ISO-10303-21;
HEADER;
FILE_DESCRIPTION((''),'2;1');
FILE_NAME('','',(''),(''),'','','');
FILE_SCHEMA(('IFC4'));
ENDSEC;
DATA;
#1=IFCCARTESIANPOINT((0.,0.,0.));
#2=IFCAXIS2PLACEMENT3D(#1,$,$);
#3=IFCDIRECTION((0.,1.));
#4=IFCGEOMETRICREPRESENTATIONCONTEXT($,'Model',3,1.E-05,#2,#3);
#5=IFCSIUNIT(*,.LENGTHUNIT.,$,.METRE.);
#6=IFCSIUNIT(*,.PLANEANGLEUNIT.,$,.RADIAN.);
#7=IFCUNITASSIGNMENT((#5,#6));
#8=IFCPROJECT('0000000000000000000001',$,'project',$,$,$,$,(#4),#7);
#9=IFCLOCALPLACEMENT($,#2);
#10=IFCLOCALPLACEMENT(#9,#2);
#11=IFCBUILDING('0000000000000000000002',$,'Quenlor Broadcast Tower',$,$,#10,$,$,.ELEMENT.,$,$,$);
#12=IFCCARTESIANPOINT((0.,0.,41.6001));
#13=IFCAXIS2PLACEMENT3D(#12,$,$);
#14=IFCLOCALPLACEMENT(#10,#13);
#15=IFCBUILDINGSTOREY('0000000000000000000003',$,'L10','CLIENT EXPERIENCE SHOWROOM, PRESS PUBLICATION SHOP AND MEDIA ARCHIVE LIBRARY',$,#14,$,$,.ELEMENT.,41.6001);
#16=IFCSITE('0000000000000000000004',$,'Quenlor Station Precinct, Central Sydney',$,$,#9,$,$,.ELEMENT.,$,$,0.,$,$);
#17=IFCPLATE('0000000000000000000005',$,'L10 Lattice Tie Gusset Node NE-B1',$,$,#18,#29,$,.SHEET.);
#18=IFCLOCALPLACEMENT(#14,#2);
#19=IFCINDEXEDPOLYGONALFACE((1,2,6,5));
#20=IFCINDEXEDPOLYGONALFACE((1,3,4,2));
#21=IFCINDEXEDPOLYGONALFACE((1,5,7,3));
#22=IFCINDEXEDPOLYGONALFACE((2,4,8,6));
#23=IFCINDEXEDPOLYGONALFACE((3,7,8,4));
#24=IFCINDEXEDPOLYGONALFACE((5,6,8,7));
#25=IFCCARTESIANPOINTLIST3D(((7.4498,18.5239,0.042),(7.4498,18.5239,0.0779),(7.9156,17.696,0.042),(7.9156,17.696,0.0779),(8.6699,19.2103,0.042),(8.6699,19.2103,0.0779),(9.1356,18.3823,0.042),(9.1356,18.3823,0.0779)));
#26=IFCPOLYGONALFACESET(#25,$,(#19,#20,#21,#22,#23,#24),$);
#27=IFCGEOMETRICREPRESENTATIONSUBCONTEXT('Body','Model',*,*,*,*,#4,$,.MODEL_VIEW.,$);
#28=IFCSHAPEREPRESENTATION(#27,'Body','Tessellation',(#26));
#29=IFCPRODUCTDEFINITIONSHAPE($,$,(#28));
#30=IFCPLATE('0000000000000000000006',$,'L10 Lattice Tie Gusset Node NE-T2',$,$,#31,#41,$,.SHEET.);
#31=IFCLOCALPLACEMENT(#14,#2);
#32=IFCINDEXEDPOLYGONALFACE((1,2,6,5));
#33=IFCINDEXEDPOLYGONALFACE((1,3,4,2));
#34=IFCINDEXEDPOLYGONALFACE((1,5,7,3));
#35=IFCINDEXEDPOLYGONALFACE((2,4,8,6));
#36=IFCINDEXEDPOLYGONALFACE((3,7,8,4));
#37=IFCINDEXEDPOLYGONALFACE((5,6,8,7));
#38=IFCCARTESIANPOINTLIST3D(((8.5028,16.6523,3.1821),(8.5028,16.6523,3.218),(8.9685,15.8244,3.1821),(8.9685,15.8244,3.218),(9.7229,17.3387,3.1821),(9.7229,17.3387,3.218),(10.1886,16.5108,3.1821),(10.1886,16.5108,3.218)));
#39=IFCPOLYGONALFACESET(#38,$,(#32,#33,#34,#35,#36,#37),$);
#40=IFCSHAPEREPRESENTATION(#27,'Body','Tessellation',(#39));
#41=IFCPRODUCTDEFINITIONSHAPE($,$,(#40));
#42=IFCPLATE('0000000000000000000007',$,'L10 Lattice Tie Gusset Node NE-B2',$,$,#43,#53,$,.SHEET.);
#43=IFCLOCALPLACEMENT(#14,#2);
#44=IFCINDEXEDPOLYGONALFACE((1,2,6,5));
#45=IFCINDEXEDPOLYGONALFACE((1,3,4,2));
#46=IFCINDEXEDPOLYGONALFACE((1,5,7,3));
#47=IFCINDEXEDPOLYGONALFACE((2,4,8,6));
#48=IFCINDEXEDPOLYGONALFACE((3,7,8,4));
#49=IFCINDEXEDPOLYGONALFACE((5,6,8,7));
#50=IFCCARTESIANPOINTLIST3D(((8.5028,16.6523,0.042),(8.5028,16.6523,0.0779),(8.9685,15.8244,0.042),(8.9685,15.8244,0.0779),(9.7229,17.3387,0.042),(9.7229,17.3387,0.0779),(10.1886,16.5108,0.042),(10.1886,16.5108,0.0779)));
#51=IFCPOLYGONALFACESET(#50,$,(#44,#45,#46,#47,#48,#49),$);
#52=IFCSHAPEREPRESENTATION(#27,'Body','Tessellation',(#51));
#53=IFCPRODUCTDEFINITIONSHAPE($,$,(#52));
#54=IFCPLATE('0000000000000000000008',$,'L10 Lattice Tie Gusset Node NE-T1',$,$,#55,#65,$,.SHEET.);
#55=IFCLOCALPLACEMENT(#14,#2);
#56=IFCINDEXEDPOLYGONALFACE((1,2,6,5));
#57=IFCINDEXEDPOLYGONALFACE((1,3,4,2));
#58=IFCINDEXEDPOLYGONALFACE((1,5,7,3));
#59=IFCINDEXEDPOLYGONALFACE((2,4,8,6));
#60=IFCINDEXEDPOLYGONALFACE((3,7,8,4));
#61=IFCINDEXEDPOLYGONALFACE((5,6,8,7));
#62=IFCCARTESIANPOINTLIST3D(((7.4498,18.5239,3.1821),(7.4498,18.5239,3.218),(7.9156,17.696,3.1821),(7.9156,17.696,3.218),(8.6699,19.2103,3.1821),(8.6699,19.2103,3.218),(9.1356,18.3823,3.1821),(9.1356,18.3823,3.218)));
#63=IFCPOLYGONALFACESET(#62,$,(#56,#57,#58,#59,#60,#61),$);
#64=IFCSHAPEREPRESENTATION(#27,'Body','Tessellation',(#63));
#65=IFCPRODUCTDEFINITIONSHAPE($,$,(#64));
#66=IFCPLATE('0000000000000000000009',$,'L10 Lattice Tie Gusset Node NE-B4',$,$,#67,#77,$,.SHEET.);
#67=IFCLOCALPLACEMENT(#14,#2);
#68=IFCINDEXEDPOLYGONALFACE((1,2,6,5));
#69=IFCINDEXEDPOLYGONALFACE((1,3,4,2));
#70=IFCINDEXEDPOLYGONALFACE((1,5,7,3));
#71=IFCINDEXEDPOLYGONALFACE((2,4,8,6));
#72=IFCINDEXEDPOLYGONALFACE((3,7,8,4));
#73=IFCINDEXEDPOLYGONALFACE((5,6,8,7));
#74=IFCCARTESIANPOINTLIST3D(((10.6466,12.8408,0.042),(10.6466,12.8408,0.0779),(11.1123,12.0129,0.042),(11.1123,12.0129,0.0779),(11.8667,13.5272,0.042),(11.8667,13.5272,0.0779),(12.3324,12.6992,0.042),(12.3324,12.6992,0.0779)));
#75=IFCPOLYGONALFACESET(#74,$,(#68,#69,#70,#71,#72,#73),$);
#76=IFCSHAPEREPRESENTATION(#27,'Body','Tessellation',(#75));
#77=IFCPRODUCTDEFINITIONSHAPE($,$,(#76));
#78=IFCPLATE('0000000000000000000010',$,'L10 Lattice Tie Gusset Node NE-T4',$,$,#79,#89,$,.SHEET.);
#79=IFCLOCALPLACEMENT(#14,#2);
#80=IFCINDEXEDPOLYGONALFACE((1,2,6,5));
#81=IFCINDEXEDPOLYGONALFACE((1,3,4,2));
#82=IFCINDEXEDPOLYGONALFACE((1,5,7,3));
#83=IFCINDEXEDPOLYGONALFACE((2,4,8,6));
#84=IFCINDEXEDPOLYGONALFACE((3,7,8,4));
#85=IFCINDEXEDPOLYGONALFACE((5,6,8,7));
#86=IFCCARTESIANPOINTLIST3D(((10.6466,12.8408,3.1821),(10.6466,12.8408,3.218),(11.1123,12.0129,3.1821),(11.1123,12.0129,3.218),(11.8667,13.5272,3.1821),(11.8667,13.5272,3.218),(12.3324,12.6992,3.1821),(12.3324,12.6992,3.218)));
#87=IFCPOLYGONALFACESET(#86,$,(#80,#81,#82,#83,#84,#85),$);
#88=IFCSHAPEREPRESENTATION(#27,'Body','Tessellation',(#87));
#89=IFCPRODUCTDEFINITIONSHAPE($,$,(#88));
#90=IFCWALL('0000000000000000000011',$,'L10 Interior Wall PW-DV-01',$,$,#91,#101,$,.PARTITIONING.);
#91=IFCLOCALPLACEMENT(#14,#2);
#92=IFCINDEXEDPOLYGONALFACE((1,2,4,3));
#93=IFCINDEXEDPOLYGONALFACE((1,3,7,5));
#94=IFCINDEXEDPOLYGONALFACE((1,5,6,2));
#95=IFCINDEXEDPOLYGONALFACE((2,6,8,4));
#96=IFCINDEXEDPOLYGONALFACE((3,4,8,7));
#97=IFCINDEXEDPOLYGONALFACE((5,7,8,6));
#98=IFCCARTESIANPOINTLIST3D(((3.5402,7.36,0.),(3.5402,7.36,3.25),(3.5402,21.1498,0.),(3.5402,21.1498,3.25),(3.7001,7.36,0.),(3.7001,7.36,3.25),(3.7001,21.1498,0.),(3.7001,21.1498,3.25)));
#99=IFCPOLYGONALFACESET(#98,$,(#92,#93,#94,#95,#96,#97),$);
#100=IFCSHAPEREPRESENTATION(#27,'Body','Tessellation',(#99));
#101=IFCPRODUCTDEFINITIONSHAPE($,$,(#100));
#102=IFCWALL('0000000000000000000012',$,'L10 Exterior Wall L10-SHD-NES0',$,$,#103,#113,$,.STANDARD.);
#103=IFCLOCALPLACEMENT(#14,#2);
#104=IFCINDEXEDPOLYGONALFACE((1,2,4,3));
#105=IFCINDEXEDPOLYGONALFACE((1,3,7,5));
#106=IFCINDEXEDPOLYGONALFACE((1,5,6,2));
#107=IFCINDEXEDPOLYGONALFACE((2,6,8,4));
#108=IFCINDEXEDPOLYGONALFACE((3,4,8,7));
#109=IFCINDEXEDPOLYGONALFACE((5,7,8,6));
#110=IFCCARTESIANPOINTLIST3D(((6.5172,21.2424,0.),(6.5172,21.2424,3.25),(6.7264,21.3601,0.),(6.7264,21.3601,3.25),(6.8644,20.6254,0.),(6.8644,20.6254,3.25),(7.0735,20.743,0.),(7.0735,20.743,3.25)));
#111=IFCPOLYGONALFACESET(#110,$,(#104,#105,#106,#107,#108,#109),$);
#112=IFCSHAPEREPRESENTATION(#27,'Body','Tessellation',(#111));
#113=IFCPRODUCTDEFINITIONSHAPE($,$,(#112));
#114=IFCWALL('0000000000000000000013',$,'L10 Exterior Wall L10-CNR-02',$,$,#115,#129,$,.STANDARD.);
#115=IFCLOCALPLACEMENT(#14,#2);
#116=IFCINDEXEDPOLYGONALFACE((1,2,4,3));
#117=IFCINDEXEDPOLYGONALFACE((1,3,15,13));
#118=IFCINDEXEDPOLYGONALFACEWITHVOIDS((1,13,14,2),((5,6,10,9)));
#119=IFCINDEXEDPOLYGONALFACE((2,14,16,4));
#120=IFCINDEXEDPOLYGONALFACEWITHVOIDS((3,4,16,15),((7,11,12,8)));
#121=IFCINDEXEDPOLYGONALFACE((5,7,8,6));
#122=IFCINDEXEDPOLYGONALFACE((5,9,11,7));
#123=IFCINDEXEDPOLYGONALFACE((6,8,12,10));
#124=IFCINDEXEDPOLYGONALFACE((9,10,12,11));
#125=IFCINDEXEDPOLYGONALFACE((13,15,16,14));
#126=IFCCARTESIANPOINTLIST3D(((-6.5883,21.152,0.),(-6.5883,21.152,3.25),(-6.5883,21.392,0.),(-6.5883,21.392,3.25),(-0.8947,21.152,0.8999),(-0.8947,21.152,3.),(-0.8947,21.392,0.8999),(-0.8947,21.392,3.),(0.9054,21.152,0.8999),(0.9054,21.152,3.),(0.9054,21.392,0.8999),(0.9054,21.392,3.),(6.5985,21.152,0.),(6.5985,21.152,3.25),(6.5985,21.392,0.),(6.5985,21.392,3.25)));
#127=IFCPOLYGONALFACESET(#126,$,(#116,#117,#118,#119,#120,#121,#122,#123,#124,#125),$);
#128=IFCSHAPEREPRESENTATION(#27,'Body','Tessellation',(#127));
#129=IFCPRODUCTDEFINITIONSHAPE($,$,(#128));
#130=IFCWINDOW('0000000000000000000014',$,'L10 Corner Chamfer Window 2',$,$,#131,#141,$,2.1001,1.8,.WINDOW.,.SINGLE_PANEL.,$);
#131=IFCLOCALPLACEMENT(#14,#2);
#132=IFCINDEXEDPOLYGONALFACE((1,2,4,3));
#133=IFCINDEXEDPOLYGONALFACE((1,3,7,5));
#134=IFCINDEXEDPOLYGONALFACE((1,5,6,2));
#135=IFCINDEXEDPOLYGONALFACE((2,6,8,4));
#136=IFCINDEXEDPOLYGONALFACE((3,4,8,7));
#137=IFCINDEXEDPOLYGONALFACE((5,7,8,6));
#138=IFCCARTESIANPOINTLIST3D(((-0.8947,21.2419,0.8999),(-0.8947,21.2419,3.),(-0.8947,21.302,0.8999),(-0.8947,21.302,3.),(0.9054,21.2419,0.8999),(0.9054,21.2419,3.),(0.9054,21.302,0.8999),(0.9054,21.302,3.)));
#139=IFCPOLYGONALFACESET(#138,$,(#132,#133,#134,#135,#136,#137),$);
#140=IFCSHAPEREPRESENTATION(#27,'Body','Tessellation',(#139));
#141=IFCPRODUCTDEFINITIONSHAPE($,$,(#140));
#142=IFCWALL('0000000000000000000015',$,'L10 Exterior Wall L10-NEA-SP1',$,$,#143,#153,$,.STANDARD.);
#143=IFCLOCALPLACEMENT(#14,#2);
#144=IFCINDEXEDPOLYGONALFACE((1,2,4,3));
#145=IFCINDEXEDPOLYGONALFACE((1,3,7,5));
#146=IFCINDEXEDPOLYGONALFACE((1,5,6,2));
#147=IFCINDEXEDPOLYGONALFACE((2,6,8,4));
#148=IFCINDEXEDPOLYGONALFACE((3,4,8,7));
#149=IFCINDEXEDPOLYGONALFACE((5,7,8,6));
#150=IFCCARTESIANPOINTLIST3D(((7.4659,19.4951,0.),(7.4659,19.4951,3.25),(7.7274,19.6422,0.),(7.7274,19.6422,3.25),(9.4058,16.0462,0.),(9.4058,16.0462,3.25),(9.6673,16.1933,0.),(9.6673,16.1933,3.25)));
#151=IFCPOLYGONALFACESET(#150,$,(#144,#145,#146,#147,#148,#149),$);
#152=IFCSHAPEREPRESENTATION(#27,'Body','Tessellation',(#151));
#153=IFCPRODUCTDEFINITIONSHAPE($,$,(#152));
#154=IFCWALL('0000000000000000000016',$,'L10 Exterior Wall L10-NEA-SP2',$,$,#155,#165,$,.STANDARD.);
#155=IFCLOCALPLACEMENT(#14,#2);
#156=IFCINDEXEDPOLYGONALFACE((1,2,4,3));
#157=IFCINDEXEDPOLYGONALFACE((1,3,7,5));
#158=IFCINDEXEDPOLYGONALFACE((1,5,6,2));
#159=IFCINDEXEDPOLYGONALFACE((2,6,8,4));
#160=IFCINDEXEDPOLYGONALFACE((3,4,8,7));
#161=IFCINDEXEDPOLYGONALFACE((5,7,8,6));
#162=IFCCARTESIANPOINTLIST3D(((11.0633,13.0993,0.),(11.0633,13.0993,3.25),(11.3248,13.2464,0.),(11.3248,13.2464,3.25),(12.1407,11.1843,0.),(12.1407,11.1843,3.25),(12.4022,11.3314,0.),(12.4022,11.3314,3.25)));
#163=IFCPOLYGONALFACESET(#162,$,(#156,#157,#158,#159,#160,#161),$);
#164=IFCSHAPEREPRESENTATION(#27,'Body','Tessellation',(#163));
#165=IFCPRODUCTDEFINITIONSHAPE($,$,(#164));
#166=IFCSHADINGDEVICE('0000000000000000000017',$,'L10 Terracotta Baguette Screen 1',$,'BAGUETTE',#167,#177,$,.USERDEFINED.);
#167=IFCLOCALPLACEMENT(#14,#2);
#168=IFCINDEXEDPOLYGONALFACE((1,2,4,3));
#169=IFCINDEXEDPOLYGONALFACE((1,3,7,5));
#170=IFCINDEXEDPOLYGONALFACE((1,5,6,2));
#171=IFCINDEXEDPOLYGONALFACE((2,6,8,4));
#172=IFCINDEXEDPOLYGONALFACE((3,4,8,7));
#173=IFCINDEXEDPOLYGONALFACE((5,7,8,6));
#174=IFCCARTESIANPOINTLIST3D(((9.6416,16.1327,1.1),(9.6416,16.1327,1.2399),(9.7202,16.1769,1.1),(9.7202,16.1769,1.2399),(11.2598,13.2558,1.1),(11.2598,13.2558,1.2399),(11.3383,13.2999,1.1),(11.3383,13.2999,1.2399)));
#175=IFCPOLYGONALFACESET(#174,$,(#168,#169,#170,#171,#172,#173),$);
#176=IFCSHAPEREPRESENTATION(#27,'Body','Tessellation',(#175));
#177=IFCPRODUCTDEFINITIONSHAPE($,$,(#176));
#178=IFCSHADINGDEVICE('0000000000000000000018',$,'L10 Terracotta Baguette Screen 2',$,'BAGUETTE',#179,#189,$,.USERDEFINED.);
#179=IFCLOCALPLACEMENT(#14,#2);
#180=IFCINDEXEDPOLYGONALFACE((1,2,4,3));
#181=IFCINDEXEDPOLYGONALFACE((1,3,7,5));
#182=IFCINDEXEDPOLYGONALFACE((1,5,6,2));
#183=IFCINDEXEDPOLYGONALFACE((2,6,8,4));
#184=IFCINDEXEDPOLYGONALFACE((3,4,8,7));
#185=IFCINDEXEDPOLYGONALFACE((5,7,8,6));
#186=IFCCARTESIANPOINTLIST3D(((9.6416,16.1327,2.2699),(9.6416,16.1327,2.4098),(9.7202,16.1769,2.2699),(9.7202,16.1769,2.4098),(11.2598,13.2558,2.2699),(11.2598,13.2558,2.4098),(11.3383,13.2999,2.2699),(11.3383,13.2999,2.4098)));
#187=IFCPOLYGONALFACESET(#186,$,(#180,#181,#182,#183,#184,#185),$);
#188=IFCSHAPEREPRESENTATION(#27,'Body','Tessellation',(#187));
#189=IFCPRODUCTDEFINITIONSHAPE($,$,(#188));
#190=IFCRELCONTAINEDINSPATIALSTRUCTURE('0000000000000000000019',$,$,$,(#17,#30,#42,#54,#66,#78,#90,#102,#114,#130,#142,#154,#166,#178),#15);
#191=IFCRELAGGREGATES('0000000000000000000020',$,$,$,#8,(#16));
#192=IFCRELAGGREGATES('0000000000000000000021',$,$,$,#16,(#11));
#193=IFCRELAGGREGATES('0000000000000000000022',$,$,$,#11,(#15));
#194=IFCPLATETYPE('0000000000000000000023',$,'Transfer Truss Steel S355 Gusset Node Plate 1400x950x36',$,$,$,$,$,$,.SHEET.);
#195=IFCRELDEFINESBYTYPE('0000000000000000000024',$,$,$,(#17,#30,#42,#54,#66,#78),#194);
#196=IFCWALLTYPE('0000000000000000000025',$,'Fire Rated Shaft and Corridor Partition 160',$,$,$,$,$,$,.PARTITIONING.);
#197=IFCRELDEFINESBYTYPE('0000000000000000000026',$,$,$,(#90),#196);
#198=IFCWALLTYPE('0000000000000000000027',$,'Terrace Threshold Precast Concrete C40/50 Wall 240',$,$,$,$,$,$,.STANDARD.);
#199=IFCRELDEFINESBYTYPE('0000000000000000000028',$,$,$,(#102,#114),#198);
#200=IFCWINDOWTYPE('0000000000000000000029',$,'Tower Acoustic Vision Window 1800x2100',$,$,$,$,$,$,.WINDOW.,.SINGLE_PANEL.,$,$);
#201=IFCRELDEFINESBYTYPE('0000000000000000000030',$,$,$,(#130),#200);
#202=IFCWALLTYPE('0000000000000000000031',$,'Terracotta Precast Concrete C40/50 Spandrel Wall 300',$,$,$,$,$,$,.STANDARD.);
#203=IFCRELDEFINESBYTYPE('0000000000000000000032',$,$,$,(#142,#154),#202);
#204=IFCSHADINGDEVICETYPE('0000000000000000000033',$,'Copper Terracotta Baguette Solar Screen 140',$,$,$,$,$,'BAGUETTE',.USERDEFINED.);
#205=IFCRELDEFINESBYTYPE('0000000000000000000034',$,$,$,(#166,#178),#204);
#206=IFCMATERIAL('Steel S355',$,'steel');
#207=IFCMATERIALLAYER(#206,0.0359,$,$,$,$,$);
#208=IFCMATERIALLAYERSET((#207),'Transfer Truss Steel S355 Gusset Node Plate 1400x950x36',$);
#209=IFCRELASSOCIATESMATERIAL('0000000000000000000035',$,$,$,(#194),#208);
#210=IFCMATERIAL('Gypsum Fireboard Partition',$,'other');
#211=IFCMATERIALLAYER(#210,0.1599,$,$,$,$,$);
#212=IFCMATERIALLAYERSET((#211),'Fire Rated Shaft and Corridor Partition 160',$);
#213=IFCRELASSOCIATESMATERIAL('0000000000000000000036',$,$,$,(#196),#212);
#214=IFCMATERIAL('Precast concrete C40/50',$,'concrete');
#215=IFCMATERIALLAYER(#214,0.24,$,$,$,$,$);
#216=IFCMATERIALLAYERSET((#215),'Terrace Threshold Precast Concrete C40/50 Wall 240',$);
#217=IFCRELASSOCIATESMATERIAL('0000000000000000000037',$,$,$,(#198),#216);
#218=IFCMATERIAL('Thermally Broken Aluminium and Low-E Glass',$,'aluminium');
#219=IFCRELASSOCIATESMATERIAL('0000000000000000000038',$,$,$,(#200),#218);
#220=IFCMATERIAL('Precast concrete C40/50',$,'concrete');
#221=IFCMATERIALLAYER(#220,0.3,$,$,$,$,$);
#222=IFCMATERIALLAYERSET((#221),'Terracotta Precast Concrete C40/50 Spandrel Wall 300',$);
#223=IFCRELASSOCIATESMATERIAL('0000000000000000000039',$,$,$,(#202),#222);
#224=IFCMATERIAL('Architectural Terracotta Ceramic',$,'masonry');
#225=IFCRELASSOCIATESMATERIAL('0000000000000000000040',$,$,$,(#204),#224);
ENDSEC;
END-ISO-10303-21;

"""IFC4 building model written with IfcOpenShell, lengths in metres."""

from ifc_helpers import new_model, si_unit, direction, frame, frame_2d, origin, origin_2d, place, context, subcontext, project, spatial, rectangle, extrude, material, layer, layer_set, material_profile, profile_set, type_object, element, fill, save


model = new_model("IFC4")

# Units and contexts
model_context = context("Model", 3, precision=1e-05, world=origin(), true_north=direction((0.0, 1.0)))
body_context = subcontext(model_context, "Body", "Model", "MODEL_VIEW")
ifc_project = project(units=[si_unit("LENGTHUNIT", "METRE"), si_unit("PLANEANGLEUNIT", "RADIAN")], contexts=[model_context])

# Site, building, storey
site_placement = place(None, origin())
site = spatial("IfcSite", under=ifc_project, at=site_placement, Name="Quenlor Station Precinct, Central Sydney", CompositionType="ELEMENT", RefElevation=0.0)
building_placement = place(site_placement, origin())
building = spatial("IfcBuilding", under=site, at=building_placement, Name="Quenlor Broadcast Tower", CompositionType="ELEMENT")
storey_placement = place(building_placement, frame((0.0, 0.0, 41.6001)))
storey = spatial("IfcBuildingStorey", under=building, at=storey_placement, Name="L10", Description="CLIENT EXPERIENCE SHOWROOM, PRESS PUBLICATION SHOP AND MEDIA ARCHIVE LIBRARY", CompositionType="ELEMENT", Elevation=41.6001)

# Plates
ifc_material_1 = material(Name="Steel S355", Category="steel")
ifc_layer_1 = layer(ifc_material_1, 0.0359)
ifc_layer_set_1 = layer_set([ifc_layer_1], Name="Transfer Truss Steel S355 Gusset Node Plate 1400x950x36")
plate_type_1 = type_object("IfcPlateType", Name="Transfer Truss Steel S355 Gusset Node Plate 1400x950x36", PredefinedType="SHEET", material=ifc_layer_set_1)
for number, where, z_axis, x_axis, name in (
    (1, (8.2927, 18.4531, 0.042), (0.0, 0.0, 1.0), (0.871556, 0.490295, 0.0), "L10 Lattice Tie Gusset Node NE-B1"),
    (2, (9.3457, 16.5815, 3.1821), (0.0, 0.0, 1.0), (0.871556, 0.490295, 0.0), "L10 Lattice Tie Gusset Node NE-T2"),
    (3, (9.3457, 16.5815, 0.042), (0.0, 0.0, 1.0), (0.871556, 0.490295, 0.0), "L10 Lattice Tie Gusset Node NE-B2"),
    (4, (8.2927, 18.4531, 3.1821), (0.0, 0.0, 1.0), (0.871556, 0.490295, 0.0), "L10 Lattice Tie Gusset Node NE-T1"),
    (5, (11.4895, 12.77, 0.042), (0.0, 0.0, 1.0), (0.871556, 0.490295, 0.0), "L10 Lattice Tie Gusset Node NE-B4"),
    (6, (11.4895, 12.77, 3.1821), (0.0, 0.0, 1.0), (0.871556, 0.490295, 0.0), "L10 Lattice Tie Gusset Node NE-T4"),
):
    element("IfcPlate", number, at=place(storey_placement, frame(where, z_axis=z_axis, x_axis=x_axis)), inside=storey, type_object=plate_type_1, Name=name, PredefinedType="SHEET", context=body_context, shape_type="SweptSolid", body=[
        extrude(rectangle(XDim=1.3999, YDim=0.95, at=origin_2d()), origin(), (0.0, 0.0, 1.0), 0.0359),
    ])

# Walls
ifc_material_2 = material(Name="Gypsum Fireboard Partition", Category="other")
ifc_layer_2 = layer(ifc_material_2, 0.1599)
ifc_layer_set_2 = layer_set([ifc_layer_2], Name="Fire Rated Shaft and Corridor Partition 160")
wall_type_1 = type_object("IfcWallType", Name="Fire Rated Shaft and Corridor Partition 160", PredefinedType="PARTITIONING", material=ifc_layer_set_2)
wall_1_placement = place(storey_placement, frame((3.6201, 21.1499, 0.0), z_axis=(0.0, 0.0, 1.0), x_axis=(0.0, -1.0, 0.0)))
element("IfcWall", 7, at=wall_1_placement, inside=storey, type_object=wall_type_1, Name="L10 Interior Wall PW-DV-01", PredefinedType="PARTITIONING", context=body_context, shape_type="SweptSolid", body=[
    extrude(rectangle(XDim=13.7898, YDim=0.1599, at=frame_2d((6.895, 0.0))), origin(), (0.0, 0.0, 1.0), 3.25),
])
ifc_material_3 = material(Name="Precast concrete C40/50", Category="concrete")
ifc_layer_3 = layer(ifc_material_3, 0.24)
ifc_layer_set_3 = layer_set([ifc_layer_3], Name="Terrace Threshold Precast Concrete C40/50 Wall 240")
wall_type_2 = type_object("IfcWallType", Name="Terrace Threshold Precast Concrete C40/50 Wall 240", PredefinedType="STANDARD", material=ifc_layer_set_3)
wall_2_placement = place(storey_placement, frame((6.6218, 21.3013, 0.0), z_axis=(0.0, 0.0, 1.0), x_axis=(0.490261, -0.871576, 0.0)))
element("IfcWall", 8, at=wall_2_placement, inside=storey, type_object=wall_type_2, Name="L10 Exterior Wall L10-SHD-NES0", PredefinedType="STANDARD", context=body_context, shape_type="SweptSolid", body=[
    extrude(rectangle(XDim=0.708, YDim=0.24, at=frame_2d((0.354, 0.0))), origin(), (0.0, 0.0, 1.0), 3.25),
])

# Wall, opening, window
wall_3_placement = place(storey_placement, frame((6.5984, 21.272, 0.0), z_axis=(0.0, 0.0, 1.0), x_axis=(-1.0, 0.0, 0.0)))
wall_3 = element("IfcWall", 9, at=wall_3_placement, inside=storey, type_object=wall_type_2, Name="L10 Exterior Wall L10-CNR-02", PredefinedType="STANDARD", context=body_context, shape_type="SweptSolid", body=[
    extrude(rectangle(XDim=13.1868, YDim=0.24, at=frame_2d((6.5933, 0.0))), origin(), (0.0, 0.0, 1.0), 3.25),
])
opening_placement = place(wall_3_placement, frame((5.6931, 0.0, 0.8999)))
opening = element("IfcOpeningElement", 10, at=opening_placement, cuts=wall_3, PredefinedType="OPENING", context=body_context, shape_type="SweptSolid", body=[
    extrude(rectangle(XDim=1.8, YDim=2.1001, at=frame_2d((0.8999, 1.05))), frame((0.0, 0.1299, 0.0), z_axis=(0.0, -1.0, 0.0), x_axis=(1.0, 0.0, 0.0)), (0.0, 0.0, 1.0), 0.26),
])
ifc_material_4 = material(Name="Thermally Broken Aluminium and Low-E Glass", Category="aluminium")
window_type = type_object("IfcWindowType", Name="Tower Acoustic Vision Window 1800x2100", PartitioningType="SINGLE_PANEL", PredefinedType="WINDOW", material=ifc_material_4)
window_placement = place(opening_placement, origin())
window = element("IfcWindow", 11, at=window_placement, inside=storey, type_object=window_type, Name="L10 Corner Chamfer Window 2", OverallHeight=2.1001, OverallWidth=1.8, PartitioningType="SINGLE_PANEL", PredefinedType="WINDOW", context=body_context, shape_type="SweptSolid", body=[
    extrude(rectangle(XDim=1.8, YDim=2.1001, at=frame_2d((0.8999, 1.05))), frame((0.0, 0.03, 0.0), z_axis=(0.0, -1.0, 0.0), x_axis=(1.0, 0.0, 0.0)), (0.0, 0.0, 1.0), 0.0601),
])
fill(opening, window)

# Walls
ifc_material_5 = material(Name="Precast concrete C40/50", Category="concrete")
ifc_layer_4 = layer(ifc_material_5, 0.3)
ifc_layer_set_4 = layer_set([ifc_layer_4], Name="Terracotta Precast Concrete C40/50 Spandrel Wall 300")
wall_type_3 = type_object("IfcWallType", Name="Terracotta Precast Concrete C40/50 Spandrel Wall 300", PredefinedType="STANDARD", material=ifc_layer_set_4)
wall_4_placement = place(storey_placement, frame((7.5967, 19.5686, 0.0), z_axis=(0.0, 0.0, 1.0), x_axis=(0.490241, -0.871587, 0.0)))
element("IfcWall", 12, at=wall_4_placement, inside=storey, type_object=wall_type_3, Name="L10 Exterior Wall L10-NEA-SP1", PredefinedType="STANDARD", context=body_context, shape_type="SweptSolid", body=[
    extrude(rectangle(XDim=3.957, YDim=0.3, at=frame_2d((1.9785, 0.0))), origin(), (0.0, 0.0, 1.0), 3.25),
])
wall_5_placement = place(storey_placement, frame((11.1941, 13.1729, 0.0), z_axis=(0.0, 0.0, 1.0), x_axis=(0.490325, -0.87154, 0.0)))
element("IfcWall", 13, at=wall_5_placement, inside=storey, type_object=wall_type_3, Name="L10 Exterior Wall L10-NEA-SP2", PredefinedType="STANDARD", context=body_context, shape_type="SweptSolid", body=[
    extrude(rectangle(XDim=2.1973, YDim=0.3, at=frame_2d((1.0986, 0.0))), origin(), (0.0, 0.0, 1.0), 3.25),
])

# Shading devices
ifc_material_6 = material(Name="Architectural Terracotta Ceramic", Category="masonry")
ifc_material_profile_1 = material_profile(ifc_material_6, rectangle(XDim=0.0901, YDim=0.1399, at=origin_2d()))
ifc_profile_set_1 = profile_set([ifc_material_profile_1], Name="Architectural Terracotta Ceramic BAG90x140")
shading_device_type = type_object("IfcShadingDeviceType", Name="Copper Terracotta Baguette Solar Screen 140", ElementType="BAGUETTE", PredefinedType="USERDEFINED", material=ifc_profile_set_1)
for number, where, z_axis, x_axis, name in (
    (14, (9.6809, 16.1548, 1.1699), (0.490233, -0.871591, 0.0), (0.871591, 0.490233, 0.0), "L10 Terracotta Baguette Screen 1"),
    (15, (9.6809, 16.1548, 2.3398), (0.490233, -0.871591, 0.0), (0.871591, 0.490233, 0.0), "L10 Terracotta Baguette Screen 2"),
):
    element("IfcShadingDevice", number, at=place(storey_placement, frame(where, z_axis=z_axis, x_axis=x_axis)), inside=storey, type_object=shading_device_type, Name=name, ObjectType="BAGUETTE", PredefinedType="USERDEFINED", context=body_context, shape_type="SweptSolid", body=[
        extrude(rectangle(XDim=0.0901, YDim=0.1399, at=origin_2d()), origin(), (0.0, 0.0, 1.0), 3.3008),
    ])

save(model, "model.ifc")
